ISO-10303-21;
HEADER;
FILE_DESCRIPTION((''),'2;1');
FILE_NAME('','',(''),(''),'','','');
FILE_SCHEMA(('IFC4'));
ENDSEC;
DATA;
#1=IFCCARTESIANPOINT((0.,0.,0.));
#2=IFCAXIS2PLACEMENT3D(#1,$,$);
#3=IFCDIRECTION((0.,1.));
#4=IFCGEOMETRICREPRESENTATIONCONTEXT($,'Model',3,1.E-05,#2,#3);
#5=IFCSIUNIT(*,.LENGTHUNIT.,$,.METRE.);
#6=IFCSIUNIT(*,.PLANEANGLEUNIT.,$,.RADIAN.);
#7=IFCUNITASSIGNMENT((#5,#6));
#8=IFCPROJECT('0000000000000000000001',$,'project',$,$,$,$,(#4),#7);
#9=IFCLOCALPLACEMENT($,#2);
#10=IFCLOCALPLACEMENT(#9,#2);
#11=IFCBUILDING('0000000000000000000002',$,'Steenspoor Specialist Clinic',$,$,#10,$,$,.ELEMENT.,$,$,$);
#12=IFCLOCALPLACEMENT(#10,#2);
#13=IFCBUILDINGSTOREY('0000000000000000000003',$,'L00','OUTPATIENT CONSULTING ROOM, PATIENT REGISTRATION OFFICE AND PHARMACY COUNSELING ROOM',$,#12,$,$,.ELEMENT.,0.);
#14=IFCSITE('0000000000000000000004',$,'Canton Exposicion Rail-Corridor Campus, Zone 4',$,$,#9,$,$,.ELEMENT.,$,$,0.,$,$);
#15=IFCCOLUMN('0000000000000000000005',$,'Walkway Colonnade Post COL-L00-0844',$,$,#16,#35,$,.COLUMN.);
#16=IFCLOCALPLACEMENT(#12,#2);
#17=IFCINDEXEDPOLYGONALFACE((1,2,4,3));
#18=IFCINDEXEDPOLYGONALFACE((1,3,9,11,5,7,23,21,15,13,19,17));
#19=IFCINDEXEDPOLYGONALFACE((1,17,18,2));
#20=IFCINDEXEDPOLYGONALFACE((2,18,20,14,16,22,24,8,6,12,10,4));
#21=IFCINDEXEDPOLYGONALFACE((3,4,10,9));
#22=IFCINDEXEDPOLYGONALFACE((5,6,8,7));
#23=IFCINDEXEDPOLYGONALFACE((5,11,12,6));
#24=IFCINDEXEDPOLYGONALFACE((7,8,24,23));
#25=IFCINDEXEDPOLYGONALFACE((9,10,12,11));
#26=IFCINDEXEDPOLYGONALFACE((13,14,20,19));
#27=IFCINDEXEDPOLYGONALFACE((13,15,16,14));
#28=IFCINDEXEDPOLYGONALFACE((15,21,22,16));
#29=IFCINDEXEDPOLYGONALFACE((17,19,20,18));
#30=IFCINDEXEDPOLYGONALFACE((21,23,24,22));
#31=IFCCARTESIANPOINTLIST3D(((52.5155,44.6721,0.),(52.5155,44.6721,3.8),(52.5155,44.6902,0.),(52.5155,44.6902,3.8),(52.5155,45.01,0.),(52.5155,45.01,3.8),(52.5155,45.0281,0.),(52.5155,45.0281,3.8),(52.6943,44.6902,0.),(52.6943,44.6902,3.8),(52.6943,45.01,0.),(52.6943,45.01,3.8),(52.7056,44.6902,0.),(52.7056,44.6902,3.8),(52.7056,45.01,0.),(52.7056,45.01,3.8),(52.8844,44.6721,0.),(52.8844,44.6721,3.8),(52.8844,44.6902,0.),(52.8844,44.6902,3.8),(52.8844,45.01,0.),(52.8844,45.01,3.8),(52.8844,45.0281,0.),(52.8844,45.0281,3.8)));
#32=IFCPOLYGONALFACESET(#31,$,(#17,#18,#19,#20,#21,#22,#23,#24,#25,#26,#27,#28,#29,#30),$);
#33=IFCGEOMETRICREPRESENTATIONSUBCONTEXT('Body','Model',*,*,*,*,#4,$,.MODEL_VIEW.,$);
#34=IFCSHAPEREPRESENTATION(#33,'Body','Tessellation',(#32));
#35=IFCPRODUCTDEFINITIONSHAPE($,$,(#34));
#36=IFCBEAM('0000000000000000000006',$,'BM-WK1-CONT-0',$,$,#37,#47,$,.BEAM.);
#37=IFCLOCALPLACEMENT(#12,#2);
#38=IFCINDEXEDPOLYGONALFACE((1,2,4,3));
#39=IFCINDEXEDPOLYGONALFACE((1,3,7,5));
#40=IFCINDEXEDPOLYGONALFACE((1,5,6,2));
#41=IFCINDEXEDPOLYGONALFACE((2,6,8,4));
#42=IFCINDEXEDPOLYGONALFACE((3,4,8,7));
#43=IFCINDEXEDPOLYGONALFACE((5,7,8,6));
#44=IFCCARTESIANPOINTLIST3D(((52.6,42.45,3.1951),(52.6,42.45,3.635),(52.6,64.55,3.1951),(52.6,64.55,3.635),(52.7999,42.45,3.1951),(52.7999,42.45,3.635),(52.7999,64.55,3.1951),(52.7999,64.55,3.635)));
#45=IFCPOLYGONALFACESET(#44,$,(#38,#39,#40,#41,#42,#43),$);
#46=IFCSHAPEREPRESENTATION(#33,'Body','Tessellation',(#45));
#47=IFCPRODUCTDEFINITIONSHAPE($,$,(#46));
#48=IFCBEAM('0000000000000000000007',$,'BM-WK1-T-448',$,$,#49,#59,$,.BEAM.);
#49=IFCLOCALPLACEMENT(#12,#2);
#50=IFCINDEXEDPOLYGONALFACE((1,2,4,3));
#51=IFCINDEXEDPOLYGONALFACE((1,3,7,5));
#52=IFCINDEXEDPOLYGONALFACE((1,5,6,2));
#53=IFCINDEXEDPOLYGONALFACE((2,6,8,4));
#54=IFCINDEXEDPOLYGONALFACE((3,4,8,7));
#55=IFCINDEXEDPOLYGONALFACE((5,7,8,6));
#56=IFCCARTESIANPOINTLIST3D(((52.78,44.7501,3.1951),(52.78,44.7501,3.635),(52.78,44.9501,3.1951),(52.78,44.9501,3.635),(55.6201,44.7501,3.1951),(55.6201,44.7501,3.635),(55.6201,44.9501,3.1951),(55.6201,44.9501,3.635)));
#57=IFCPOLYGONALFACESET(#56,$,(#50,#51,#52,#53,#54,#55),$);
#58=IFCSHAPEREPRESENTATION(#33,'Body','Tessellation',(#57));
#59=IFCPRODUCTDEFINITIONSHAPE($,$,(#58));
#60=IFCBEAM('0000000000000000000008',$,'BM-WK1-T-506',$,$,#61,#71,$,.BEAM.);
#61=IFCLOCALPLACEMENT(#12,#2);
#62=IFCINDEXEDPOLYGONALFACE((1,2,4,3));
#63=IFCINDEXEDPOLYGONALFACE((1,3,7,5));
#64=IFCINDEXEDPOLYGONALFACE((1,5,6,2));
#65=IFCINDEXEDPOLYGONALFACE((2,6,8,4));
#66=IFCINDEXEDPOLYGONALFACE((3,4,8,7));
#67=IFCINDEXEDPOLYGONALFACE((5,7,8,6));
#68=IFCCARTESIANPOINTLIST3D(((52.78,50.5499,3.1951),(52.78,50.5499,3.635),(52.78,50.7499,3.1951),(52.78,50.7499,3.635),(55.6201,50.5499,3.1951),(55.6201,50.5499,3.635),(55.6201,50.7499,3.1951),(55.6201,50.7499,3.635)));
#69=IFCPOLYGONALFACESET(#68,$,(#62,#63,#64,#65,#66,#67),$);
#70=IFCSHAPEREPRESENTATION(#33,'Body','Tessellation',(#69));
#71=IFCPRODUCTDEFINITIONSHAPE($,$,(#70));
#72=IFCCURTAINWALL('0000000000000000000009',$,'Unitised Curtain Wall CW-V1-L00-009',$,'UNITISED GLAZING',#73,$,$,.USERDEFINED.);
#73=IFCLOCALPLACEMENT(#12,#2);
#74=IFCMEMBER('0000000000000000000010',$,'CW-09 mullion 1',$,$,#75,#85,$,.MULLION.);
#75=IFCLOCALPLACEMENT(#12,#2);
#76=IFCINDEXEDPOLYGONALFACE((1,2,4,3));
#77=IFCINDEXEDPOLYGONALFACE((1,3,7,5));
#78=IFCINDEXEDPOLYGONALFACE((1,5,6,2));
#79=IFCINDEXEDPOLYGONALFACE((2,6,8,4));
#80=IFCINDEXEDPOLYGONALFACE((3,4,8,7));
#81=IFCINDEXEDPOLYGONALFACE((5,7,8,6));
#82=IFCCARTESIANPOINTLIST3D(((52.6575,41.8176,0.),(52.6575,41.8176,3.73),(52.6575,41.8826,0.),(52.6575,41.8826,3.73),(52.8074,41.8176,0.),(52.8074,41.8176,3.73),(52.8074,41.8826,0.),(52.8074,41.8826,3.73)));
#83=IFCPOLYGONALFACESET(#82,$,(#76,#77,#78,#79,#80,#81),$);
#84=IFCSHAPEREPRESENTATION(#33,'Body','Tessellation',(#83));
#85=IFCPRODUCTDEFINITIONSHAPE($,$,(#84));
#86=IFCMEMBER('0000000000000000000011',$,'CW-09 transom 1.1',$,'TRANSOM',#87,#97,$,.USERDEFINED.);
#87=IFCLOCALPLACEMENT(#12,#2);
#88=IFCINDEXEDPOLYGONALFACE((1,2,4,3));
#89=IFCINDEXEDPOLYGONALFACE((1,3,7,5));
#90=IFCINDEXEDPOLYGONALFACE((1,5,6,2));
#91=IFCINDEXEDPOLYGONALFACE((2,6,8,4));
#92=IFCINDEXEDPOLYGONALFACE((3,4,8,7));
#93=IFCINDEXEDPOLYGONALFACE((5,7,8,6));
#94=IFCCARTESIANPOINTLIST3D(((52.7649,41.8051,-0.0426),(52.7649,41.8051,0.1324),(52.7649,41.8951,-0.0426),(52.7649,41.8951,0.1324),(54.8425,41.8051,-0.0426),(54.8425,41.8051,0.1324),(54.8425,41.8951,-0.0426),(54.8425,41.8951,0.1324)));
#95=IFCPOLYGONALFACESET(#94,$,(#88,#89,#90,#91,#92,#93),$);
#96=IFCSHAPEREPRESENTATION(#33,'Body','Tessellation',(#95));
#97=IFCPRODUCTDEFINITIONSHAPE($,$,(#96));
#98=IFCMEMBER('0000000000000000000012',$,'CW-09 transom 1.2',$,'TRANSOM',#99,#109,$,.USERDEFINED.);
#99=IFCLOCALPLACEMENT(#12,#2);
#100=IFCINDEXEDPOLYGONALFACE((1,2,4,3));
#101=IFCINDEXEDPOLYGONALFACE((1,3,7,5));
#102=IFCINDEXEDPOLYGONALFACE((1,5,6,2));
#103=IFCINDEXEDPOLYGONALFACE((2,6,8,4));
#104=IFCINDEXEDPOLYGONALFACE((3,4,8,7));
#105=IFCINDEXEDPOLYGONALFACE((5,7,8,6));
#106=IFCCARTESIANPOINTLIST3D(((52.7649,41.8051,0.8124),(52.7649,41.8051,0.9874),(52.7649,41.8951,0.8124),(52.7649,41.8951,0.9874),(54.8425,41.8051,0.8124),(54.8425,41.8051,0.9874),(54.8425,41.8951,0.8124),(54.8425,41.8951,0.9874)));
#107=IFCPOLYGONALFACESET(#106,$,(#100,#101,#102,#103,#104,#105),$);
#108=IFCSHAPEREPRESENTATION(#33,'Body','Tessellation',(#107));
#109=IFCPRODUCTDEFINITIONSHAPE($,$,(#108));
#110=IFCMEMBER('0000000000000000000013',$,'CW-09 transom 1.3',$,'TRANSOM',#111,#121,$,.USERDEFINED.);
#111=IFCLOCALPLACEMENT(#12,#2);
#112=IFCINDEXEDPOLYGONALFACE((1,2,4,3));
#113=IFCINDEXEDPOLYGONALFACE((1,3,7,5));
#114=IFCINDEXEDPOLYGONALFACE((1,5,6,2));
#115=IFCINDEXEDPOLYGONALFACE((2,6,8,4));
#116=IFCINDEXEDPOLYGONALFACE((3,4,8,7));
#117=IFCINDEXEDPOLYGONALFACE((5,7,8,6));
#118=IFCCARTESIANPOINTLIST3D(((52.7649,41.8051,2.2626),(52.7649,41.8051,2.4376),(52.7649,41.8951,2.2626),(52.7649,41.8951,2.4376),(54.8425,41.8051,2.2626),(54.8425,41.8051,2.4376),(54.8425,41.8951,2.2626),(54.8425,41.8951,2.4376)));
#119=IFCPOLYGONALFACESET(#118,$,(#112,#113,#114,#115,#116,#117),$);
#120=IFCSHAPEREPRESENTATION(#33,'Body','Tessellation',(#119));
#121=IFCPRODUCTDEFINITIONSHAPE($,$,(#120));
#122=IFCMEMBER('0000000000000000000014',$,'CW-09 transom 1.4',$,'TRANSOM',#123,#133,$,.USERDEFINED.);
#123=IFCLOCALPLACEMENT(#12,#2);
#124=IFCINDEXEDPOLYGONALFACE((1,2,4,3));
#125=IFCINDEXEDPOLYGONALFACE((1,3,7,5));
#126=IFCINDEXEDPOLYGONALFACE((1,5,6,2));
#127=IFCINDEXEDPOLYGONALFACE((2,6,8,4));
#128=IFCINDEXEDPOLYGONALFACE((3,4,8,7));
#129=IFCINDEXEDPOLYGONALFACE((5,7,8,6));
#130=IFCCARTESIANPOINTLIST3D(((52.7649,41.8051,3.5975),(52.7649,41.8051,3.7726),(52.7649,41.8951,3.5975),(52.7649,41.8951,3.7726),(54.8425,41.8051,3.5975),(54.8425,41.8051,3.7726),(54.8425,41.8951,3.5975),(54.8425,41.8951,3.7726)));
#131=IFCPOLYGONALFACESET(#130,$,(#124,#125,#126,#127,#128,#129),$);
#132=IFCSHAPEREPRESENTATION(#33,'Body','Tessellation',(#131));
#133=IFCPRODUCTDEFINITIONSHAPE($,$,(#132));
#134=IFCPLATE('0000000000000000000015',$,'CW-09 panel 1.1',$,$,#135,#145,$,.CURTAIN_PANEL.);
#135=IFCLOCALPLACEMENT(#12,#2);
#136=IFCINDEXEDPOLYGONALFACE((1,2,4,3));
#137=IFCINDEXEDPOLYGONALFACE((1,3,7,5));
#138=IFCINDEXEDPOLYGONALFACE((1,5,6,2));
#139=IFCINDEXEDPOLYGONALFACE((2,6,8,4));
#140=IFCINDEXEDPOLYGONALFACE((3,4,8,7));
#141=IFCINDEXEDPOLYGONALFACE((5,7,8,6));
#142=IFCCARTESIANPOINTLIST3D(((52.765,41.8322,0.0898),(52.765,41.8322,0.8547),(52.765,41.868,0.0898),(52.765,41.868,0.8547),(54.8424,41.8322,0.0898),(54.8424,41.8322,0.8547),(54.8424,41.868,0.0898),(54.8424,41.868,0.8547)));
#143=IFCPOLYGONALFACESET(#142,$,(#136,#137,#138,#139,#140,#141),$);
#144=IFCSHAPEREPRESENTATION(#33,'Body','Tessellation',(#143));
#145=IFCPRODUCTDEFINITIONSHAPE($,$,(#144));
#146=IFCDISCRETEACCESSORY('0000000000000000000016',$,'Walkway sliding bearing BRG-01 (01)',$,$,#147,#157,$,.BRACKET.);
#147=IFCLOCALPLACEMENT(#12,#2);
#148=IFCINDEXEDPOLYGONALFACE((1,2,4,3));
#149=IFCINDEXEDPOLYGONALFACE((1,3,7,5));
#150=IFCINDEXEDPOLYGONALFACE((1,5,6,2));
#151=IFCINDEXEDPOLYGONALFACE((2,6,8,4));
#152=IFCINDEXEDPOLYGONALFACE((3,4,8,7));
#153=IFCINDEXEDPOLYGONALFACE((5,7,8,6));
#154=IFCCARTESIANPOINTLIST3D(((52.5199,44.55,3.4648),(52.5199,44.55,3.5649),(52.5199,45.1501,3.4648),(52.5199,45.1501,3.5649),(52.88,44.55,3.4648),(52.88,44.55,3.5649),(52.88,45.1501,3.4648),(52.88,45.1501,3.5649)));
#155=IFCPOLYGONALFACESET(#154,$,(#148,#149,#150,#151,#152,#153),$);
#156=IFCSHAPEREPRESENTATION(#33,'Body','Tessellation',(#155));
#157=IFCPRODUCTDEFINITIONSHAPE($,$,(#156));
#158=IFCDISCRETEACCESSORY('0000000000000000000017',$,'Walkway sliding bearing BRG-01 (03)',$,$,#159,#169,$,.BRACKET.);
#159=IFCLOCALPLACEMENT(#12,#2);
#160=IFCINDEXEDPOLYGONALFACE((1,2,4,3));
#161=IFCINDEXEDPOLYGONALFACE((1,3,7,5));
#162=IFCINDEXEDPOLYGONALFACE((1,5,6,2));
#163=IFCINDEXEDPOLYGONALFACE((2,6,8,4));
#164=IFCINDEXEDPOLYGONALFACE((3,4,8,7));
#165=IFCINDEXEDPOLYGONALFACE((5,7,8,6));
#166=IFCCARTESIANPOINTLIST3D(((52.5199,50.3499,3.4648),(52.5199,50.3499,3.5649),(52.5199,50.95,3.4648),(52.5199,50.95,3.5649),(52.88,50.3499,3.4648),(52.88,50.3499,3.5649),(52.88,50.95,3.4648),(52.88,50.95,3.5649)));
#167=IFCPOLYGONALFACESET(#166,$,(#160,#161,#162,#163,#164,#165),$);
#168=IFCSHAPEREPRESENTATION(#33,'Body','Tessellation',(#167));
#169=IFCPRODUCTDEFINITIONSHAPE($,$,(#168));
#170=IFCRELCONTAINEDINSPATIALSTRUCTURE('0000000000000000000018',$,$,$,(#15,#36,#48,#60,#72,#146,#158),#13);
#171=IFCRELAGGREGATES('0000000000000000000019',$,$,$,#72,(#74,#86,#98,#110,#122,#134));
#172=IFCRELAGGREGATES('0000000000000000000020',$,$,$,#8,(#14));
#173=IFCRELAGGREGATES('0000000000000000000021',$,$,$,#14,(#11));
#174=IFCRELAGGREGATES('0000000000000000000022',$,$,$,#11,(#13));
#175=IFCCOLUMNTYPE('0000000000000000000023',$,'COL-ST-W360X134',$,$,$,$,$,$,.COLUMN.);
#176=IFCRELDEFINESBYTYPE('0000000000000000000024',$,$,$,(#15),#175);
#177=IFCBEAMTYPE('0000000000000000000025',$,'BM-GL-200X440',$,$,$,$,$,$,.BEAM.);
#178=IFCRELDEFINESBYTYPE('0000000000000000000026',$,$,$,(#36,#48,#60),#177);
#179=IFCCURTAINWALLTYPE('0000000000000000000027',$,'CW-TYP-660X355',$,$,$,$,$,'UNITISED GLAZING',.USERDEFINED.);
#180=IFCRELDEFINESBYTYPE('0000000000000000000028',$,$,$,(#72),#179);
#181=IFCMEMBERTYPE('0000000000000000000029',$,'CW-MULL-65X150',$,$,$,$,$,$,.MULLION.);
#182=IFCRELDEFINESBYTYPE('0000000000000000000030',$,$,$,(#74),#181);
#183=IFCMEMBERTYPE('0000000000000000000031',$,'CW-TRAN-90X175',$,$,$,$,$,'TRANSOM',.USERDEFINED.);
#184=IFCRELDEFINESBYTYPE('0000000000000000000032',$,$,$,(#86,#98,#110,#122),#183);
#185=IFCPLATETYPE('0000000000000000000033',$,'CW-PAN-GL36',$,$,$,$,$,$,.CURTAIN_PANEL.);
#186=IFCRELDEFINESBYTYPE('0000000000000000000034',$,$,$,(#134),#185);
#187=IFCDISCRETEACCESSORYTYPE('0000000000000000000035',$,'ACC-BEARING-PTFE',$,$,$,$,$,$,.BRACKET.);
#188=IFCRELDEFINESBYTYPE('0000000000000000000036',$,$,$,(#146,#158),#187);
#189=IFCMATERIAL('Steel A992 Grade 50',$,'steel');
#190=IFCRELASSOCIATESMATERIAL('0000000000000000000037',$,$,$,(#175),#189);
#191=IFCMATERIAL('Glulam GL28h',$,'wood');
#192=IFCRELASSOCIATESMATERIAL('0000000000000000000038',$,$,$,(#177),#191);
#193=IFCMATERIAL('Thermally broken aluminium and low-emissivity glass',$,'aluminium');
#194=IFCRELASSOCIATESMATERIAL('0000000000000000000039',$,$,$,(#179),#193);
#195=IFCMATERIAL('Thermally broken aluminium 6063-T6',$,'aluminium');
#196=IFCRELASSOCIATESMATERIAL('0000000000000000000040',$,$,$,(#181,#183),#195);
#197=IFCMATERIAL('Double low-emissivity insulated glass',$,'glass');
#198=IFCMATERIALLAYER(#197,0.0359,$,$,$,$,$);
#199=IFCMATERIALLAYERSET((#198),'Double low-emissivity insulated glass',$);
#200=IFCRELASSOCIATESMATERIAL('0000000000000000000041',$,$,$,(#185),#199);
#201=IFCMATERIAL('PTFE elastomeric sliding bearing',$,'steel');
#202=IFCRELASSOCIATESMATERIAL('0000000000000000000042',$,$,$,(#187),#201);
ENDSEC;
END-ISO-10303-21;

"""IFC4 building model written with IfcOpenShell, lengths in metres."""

from ifc_helpers import new_model, si_unit, direction, frame, origin, origin_2d, place, context, subcontext, project, spatial, rectangle, i_section, extrude, material, layer, layer_set, material_profile, profile_set, type_object, element, aggregate, save


model = new_model("IFC4")

# Units and contexts
model_context = context("Model", 3, precision=1e-05, world=origin(), true_north=direction((0.0, 1.0)))
body_context = subcontext(model_context, "Body", "Model", "MODEL_VIEW")
ifc_project = project(units=[si_unit("LENGTHUNIT", "METRE"), si_unit("PLANEANGLEUNIT", "RADIAN")], contexts=[model_context])

# Site, building, storey
site_placement = place(None, origin())
site = spatial("IfcSite", under=ifc_project, at=site_placement, Name="Canton Exposicion Rail-Corridor Campus, Zone 4", CompositionType="ELEMENT", RefElevation=0.0)
building_placement = place(site_placement, origin())
building = spatial("IfcBuilding", under=site, at=building_placement, Name="Steenspoor Specialist Clinic", CompositionType="ELEMENT")
storey_placement = place(building_placement, origin())
storey = spatial("IfcBuildingStorey", under=building, at=storey_placement, Name="L00", Description="OUTPATIENT CONSULTING ROOM, PATIENT REGISTRATION OFFICE AND PHARMACY COUNSELING ROOM", CompositionType="ELEMENT", Elevation=0.0)

# Column
ifc_material_1 = material(Name="Steel A992 Grade 50", Category="steel")
ifc_material_profile_1 = material_profile(ifc_material_1, i_section(OverallWidth=0.3689, OverallDepth=0.356, WebThickness=0.0112, FlangeThickness=0.0181, at=origin_2d()), Name="W360X134")
ifc_profile_set_1 = profile_set([ifc_material_profile_1], Name="Steel A992 Grade 50")
column_type_1 = type_object("IfcColumnType", Name="COL-ST-W360X134", PredefinedType="COLUMN", material=ifc_profile_set_1)
column_1_placement = place(storey_placement, frame((52.7, 44.8501, 0.0), z_axis=(0.0, 0.0, 1.0), x_axis=(1.0, 0.0, 0.0)))
element("IfcColumn", 1, at=column_1_placement, inside=storey, type_object=column_type_1, Name="Walkway Colonnade Post COL-L00-0844", PredefinedType="COLUMN", context=body_context, shape_type="SweptSolid", body=[
    extrude(i_section(OverallWidth=0.3689, OverallDepth=0.356, WebThickness=0.0112, FlangeThickness=0.0181, at=origin_2d()), origin(), (0.0, 0.0, 1.0), 3.8),
])

# Beams
ifc_material_2 = material(Name="Glulam GL28h", Category="wood")
ifc_material_profile_2 = material_profile(ifc_material_2, rectangle(XDim=0.2, YDim=0.4399, at=origin_2d()), Name="GL28H-200X440")
ifc_profile_set_2 = profile_set([ifc_material_profile_2], Name="Glulam GL28h")
beam_type = type_object("IfcBeamType", Name="BM-GL-200X440", PredefinedType="BEAM", material=ifc_profile_set_2)
beam_placement = place(storey_placement, frame((52.7, 42.45, 3.415), z_axis=(0.0, 1.0, 0.0), x_axis=(-1.0, 0.0, 0.0)))
element("IfcBeam", 2, at=beam_placement, inside=storey, type_object=beam_type, Name="BM-WK1-CONT-0", PredefinedType="BEAM", context=body_context, shape_type="SweptSolid", body=[
    extrude(rectangle(XDim=0.2, YDim=0.4399, at=origin_2d()), origin(), (0.0, 0.0, 1.0), 22.1001),
])
for number, where, z_axis, x_axis, name in (
    (3, (52.78, 44.8501, 3.415), (1.0, 0.0, 0.0), (0.0, 1.0, 0.0), "BM-WK1-T-448"),
    (4, (52.78, 50.6499, 3.415), (1.0, 0.0, 0.0), (0.0, 1.0, 0.0), "BM-WK1-T-506"),
):
    element("IfcBeam", number, at=place(storey_placement, frame(where, z_axis=z_axis, x_axis=x_axis)), inside=storey, type_object=beam_type, Name=name, PredefinedType="BEAM", context=body_context, shape_type="SweptSolid", body=[
        extrude(rectangle(XDim=0.2, YDim=0.4399, at=origin_2d()), origin(), (0.0, 0.0, 1.0), 2.8401),
    ])

# Curtain wall, members, plate
ifc_material_3 = material(Name="Thermally broken aluminium and low-emissivity glass", Category="aluminium")
curtain_wall_type = type_object("IfcCurtainWallType", Name="CW-TYP-660X355", ElementType="UNITISED GLAZING", PredefinedType="USERDEFINED", material=ifc_material_3)
curtain_wall_placement = place(storey_placement, origin())
curtain_wall = element("IfcCurtainWall", 5, at=curtain_wall_placement, inside=storey, type_object=curtain_wall_type, Name="Unitised Curtain Wall CW-V1-L00-009", ObjectType="UNITISED GLAZING", PredefinedType="USERDEFINED")
ifc_material_4 = material(Name="Thermally broken aluminium 6063-T6", Category="aluminium")
ifc_material_profile_3 = material_profile(ifc_material_4, rectangle(XDim=0.0649, YDim=0.1499, at=origin_2d()), Name="CWM-65X150")
ifc_profile_set_3 = profile_set([ifc_material_profile_3], Name="Thermally broken aluminium 6063-T6")
member_type_1 = type_object("IfcMemberType", Name="CW-MULL-65X150", PredefinedType="MULLION", material=ifc_profile_set_3)
member_1_placement = place(storey_placement, frame((52.7324, 41.8501, 0.0), z_axis=(0.0, 0.0, 1.0), x_axis=(0.0, 1.0, 0.0)))
member_1 = element("IfcMember", 6, at=member_1_placement, type_object=member_type_1, Name="CW-09 mullion 1", PredefinedType="MULLION", context=body_context, shape_type="SweptSolid", body=[
    extrude(rectangle(XDim=0.0649, YDim=0.1499, at=origin_2d()), origin(), (0.0, 0.0, 1.0), 3.73),
])
ifc_material_profile_4 = material_profile(ifc_material_4, rectangle(XDim=0.0901, YDim=0.175, at=origin_2d()), Name="CWT-90X175")
ifc_profile_set_4 = profile_set([ifc_material_profile_4], Name="Thermally broken aluminium 6063-T6")
member_type_2 = type_object("IfcMemberType", Name="CW-TRAN-90X175", ElementType="TRANSOM", PredefinedType="USERDEFINED", material=ifc_profile_set_4)
member_2_placement = place(storey_placement, frame((52.7649, 41.8501, 0.0449), z_axis=(1.0, 0.0, 0.0), x_axis=(0.0, 1.0, 0.0)))
member_2 = element("IfcMember", 7, at=member_2_placement, type_object=member_type_2, Name="CW-09 transom 1.1", ObjectType="TRANSOM", PredefinedType="USERDEFINED", context=body_context, shape_type="SweptSolid", body=[
    extrude(rectangle(XDim=0.0901, YDim=0.175, at=origin_2d()), origin(), (0.0, 0.0, 1.0), 2.0776),
])
member_3_placement = place(storey_placement, frame((52.7649, 41.8501, 0.8999), z_axis=(1.0, 0.0, 0.0), x_axis=(0.0, 1.0, 0.0)))
member_3 = element("IfcMember", 8, at=member_3_placement, type_object=member_type_2, Name="CW-09 transom 1.2", ObjectType="TRANSOM", PredefinedType="USERDEFINED", context=body_context, shape_type="SweptSolid", body=[
    extrude(rectangle(XDim=0.0901, YDim=0.175, at=origin_2d()), origin(), (0.0, 0.0, 1.0), 2.0776),
])
member_4_placement = place(storey_placement, frame((52.7649, 41.8501, 2.3501), z_axis=(1.0, 0.0, 0.0), x_axis=(0.0, 1.0, 0.0)))
member_4 = element("IfcMember", 9, at=member_4_placement, type_object=member_type_2, Name="CW-09 transom 1.3", ObjectType="TRANSOM", PredefinedType="USERDEFINED", context=body_context, shape_type="SweptSolid", body=[
    extrude(rectangle(XDim=0.0901, YDim=0.175, at=origin_2d()), origin(), (0.0, 0.0, 1.0), 2.0776),
])
member_5_placement = place(storey_placement, frame((52.7649, 41.8501, 3.6851), z_axis=(1.0, 0.0, 0.0), x_axis=(0.0, 1.0, 0.0)))
member_5 = element("IfcMember", 10, at=member_5_placement, type_object=member_type_2, Name="CW-09 transom 1.4", ObjectType="TRANSOM", PredefinedType="USERDEFINED", context=body_context, shape_type="SweptSolid", body=[
    extrude(rectangle(XDim=0.0901, YDim=0.175, at=origin_2d()), origin(), (0.0, 0.0, 1.0), 2.0776),
])
ifc_material_5 = material(Name="Double low-emissivity insulated glass", Category="glass")
ifc_layer = layer(ifc_material_5, 0.0359)
ifc_layer_set = layer_set([ifc_layer], Name="Double low-emissivity insulated glass")
plate_type = type_object("IfcPlateType", Name="CW-PAN-GL36", PredefinedType="CURTAIN_PANEL", material=ifc_layer_set)
plate_placement = place(storey_placement, frame((53.8037, 41.8501, 0.0898), z_axis=(0.0, 0.0, 1.0), x_axis=(1.0, 0.0, 0.0)))
plate = element("IfcPlate", 11, at=plate_placement, type_object=plate_type, Name="CW-09 panel 1.1", PredefinedType="CURTAIN_PANEL", context=body_context, shape_type="SweptSolid", body=[
    extrude(rectangle(XDim=2.0774, YDim=0.0359, at=origin_2d()), origin(), (0.0, 0.0, 1.0), 0.7649),
])
aggregate(curtain_wall, [member_1, member_2, member_3, member_4, member_5, plate])

# Discrete accessories
ifc_material_6 = material(Name="PTFE elastomeric sliding bearing", Category="steel")
discrete_accessory_type = type_object("IfcDiscreteAccessoryType", Name="ACC-BEARING-PTFE", PredefinedType="BRACKET", material=ifc_material_6)
for number, where, z_axis, x_axis, name in (
    (12, (52.7, 44.8501, 3.4648), (0.0, 0.0, 1.0), (1.0, 0.0, 0.0), "Walkway sliding bearing BRG-01 (01)"),
    (13, (52.7, 50.6499, 3.4648), (0.0, 0.0, 1.0), (1.0, 0.0, 0.0), "Walkway sliding bearing BRG-01 (03)"),
):
    element("IfcDiscreteAccessory", number, at=place(storey_placement, frame(where, z_axis=z_axis, x_axis=x_axis)), inside=storey, type_object=discrete_accessory_type, Name=name, PredefinedType="BRACKET", context=body_context, shape_type="SweptSolid", body=[
        extrude(rectangle(XDim=0.3601, YDim=0.6001, at=origin_2d()), origin(), (0.0, 0.0, 1.0), 0.1001),
    ])

save(model, "model.ifc")
